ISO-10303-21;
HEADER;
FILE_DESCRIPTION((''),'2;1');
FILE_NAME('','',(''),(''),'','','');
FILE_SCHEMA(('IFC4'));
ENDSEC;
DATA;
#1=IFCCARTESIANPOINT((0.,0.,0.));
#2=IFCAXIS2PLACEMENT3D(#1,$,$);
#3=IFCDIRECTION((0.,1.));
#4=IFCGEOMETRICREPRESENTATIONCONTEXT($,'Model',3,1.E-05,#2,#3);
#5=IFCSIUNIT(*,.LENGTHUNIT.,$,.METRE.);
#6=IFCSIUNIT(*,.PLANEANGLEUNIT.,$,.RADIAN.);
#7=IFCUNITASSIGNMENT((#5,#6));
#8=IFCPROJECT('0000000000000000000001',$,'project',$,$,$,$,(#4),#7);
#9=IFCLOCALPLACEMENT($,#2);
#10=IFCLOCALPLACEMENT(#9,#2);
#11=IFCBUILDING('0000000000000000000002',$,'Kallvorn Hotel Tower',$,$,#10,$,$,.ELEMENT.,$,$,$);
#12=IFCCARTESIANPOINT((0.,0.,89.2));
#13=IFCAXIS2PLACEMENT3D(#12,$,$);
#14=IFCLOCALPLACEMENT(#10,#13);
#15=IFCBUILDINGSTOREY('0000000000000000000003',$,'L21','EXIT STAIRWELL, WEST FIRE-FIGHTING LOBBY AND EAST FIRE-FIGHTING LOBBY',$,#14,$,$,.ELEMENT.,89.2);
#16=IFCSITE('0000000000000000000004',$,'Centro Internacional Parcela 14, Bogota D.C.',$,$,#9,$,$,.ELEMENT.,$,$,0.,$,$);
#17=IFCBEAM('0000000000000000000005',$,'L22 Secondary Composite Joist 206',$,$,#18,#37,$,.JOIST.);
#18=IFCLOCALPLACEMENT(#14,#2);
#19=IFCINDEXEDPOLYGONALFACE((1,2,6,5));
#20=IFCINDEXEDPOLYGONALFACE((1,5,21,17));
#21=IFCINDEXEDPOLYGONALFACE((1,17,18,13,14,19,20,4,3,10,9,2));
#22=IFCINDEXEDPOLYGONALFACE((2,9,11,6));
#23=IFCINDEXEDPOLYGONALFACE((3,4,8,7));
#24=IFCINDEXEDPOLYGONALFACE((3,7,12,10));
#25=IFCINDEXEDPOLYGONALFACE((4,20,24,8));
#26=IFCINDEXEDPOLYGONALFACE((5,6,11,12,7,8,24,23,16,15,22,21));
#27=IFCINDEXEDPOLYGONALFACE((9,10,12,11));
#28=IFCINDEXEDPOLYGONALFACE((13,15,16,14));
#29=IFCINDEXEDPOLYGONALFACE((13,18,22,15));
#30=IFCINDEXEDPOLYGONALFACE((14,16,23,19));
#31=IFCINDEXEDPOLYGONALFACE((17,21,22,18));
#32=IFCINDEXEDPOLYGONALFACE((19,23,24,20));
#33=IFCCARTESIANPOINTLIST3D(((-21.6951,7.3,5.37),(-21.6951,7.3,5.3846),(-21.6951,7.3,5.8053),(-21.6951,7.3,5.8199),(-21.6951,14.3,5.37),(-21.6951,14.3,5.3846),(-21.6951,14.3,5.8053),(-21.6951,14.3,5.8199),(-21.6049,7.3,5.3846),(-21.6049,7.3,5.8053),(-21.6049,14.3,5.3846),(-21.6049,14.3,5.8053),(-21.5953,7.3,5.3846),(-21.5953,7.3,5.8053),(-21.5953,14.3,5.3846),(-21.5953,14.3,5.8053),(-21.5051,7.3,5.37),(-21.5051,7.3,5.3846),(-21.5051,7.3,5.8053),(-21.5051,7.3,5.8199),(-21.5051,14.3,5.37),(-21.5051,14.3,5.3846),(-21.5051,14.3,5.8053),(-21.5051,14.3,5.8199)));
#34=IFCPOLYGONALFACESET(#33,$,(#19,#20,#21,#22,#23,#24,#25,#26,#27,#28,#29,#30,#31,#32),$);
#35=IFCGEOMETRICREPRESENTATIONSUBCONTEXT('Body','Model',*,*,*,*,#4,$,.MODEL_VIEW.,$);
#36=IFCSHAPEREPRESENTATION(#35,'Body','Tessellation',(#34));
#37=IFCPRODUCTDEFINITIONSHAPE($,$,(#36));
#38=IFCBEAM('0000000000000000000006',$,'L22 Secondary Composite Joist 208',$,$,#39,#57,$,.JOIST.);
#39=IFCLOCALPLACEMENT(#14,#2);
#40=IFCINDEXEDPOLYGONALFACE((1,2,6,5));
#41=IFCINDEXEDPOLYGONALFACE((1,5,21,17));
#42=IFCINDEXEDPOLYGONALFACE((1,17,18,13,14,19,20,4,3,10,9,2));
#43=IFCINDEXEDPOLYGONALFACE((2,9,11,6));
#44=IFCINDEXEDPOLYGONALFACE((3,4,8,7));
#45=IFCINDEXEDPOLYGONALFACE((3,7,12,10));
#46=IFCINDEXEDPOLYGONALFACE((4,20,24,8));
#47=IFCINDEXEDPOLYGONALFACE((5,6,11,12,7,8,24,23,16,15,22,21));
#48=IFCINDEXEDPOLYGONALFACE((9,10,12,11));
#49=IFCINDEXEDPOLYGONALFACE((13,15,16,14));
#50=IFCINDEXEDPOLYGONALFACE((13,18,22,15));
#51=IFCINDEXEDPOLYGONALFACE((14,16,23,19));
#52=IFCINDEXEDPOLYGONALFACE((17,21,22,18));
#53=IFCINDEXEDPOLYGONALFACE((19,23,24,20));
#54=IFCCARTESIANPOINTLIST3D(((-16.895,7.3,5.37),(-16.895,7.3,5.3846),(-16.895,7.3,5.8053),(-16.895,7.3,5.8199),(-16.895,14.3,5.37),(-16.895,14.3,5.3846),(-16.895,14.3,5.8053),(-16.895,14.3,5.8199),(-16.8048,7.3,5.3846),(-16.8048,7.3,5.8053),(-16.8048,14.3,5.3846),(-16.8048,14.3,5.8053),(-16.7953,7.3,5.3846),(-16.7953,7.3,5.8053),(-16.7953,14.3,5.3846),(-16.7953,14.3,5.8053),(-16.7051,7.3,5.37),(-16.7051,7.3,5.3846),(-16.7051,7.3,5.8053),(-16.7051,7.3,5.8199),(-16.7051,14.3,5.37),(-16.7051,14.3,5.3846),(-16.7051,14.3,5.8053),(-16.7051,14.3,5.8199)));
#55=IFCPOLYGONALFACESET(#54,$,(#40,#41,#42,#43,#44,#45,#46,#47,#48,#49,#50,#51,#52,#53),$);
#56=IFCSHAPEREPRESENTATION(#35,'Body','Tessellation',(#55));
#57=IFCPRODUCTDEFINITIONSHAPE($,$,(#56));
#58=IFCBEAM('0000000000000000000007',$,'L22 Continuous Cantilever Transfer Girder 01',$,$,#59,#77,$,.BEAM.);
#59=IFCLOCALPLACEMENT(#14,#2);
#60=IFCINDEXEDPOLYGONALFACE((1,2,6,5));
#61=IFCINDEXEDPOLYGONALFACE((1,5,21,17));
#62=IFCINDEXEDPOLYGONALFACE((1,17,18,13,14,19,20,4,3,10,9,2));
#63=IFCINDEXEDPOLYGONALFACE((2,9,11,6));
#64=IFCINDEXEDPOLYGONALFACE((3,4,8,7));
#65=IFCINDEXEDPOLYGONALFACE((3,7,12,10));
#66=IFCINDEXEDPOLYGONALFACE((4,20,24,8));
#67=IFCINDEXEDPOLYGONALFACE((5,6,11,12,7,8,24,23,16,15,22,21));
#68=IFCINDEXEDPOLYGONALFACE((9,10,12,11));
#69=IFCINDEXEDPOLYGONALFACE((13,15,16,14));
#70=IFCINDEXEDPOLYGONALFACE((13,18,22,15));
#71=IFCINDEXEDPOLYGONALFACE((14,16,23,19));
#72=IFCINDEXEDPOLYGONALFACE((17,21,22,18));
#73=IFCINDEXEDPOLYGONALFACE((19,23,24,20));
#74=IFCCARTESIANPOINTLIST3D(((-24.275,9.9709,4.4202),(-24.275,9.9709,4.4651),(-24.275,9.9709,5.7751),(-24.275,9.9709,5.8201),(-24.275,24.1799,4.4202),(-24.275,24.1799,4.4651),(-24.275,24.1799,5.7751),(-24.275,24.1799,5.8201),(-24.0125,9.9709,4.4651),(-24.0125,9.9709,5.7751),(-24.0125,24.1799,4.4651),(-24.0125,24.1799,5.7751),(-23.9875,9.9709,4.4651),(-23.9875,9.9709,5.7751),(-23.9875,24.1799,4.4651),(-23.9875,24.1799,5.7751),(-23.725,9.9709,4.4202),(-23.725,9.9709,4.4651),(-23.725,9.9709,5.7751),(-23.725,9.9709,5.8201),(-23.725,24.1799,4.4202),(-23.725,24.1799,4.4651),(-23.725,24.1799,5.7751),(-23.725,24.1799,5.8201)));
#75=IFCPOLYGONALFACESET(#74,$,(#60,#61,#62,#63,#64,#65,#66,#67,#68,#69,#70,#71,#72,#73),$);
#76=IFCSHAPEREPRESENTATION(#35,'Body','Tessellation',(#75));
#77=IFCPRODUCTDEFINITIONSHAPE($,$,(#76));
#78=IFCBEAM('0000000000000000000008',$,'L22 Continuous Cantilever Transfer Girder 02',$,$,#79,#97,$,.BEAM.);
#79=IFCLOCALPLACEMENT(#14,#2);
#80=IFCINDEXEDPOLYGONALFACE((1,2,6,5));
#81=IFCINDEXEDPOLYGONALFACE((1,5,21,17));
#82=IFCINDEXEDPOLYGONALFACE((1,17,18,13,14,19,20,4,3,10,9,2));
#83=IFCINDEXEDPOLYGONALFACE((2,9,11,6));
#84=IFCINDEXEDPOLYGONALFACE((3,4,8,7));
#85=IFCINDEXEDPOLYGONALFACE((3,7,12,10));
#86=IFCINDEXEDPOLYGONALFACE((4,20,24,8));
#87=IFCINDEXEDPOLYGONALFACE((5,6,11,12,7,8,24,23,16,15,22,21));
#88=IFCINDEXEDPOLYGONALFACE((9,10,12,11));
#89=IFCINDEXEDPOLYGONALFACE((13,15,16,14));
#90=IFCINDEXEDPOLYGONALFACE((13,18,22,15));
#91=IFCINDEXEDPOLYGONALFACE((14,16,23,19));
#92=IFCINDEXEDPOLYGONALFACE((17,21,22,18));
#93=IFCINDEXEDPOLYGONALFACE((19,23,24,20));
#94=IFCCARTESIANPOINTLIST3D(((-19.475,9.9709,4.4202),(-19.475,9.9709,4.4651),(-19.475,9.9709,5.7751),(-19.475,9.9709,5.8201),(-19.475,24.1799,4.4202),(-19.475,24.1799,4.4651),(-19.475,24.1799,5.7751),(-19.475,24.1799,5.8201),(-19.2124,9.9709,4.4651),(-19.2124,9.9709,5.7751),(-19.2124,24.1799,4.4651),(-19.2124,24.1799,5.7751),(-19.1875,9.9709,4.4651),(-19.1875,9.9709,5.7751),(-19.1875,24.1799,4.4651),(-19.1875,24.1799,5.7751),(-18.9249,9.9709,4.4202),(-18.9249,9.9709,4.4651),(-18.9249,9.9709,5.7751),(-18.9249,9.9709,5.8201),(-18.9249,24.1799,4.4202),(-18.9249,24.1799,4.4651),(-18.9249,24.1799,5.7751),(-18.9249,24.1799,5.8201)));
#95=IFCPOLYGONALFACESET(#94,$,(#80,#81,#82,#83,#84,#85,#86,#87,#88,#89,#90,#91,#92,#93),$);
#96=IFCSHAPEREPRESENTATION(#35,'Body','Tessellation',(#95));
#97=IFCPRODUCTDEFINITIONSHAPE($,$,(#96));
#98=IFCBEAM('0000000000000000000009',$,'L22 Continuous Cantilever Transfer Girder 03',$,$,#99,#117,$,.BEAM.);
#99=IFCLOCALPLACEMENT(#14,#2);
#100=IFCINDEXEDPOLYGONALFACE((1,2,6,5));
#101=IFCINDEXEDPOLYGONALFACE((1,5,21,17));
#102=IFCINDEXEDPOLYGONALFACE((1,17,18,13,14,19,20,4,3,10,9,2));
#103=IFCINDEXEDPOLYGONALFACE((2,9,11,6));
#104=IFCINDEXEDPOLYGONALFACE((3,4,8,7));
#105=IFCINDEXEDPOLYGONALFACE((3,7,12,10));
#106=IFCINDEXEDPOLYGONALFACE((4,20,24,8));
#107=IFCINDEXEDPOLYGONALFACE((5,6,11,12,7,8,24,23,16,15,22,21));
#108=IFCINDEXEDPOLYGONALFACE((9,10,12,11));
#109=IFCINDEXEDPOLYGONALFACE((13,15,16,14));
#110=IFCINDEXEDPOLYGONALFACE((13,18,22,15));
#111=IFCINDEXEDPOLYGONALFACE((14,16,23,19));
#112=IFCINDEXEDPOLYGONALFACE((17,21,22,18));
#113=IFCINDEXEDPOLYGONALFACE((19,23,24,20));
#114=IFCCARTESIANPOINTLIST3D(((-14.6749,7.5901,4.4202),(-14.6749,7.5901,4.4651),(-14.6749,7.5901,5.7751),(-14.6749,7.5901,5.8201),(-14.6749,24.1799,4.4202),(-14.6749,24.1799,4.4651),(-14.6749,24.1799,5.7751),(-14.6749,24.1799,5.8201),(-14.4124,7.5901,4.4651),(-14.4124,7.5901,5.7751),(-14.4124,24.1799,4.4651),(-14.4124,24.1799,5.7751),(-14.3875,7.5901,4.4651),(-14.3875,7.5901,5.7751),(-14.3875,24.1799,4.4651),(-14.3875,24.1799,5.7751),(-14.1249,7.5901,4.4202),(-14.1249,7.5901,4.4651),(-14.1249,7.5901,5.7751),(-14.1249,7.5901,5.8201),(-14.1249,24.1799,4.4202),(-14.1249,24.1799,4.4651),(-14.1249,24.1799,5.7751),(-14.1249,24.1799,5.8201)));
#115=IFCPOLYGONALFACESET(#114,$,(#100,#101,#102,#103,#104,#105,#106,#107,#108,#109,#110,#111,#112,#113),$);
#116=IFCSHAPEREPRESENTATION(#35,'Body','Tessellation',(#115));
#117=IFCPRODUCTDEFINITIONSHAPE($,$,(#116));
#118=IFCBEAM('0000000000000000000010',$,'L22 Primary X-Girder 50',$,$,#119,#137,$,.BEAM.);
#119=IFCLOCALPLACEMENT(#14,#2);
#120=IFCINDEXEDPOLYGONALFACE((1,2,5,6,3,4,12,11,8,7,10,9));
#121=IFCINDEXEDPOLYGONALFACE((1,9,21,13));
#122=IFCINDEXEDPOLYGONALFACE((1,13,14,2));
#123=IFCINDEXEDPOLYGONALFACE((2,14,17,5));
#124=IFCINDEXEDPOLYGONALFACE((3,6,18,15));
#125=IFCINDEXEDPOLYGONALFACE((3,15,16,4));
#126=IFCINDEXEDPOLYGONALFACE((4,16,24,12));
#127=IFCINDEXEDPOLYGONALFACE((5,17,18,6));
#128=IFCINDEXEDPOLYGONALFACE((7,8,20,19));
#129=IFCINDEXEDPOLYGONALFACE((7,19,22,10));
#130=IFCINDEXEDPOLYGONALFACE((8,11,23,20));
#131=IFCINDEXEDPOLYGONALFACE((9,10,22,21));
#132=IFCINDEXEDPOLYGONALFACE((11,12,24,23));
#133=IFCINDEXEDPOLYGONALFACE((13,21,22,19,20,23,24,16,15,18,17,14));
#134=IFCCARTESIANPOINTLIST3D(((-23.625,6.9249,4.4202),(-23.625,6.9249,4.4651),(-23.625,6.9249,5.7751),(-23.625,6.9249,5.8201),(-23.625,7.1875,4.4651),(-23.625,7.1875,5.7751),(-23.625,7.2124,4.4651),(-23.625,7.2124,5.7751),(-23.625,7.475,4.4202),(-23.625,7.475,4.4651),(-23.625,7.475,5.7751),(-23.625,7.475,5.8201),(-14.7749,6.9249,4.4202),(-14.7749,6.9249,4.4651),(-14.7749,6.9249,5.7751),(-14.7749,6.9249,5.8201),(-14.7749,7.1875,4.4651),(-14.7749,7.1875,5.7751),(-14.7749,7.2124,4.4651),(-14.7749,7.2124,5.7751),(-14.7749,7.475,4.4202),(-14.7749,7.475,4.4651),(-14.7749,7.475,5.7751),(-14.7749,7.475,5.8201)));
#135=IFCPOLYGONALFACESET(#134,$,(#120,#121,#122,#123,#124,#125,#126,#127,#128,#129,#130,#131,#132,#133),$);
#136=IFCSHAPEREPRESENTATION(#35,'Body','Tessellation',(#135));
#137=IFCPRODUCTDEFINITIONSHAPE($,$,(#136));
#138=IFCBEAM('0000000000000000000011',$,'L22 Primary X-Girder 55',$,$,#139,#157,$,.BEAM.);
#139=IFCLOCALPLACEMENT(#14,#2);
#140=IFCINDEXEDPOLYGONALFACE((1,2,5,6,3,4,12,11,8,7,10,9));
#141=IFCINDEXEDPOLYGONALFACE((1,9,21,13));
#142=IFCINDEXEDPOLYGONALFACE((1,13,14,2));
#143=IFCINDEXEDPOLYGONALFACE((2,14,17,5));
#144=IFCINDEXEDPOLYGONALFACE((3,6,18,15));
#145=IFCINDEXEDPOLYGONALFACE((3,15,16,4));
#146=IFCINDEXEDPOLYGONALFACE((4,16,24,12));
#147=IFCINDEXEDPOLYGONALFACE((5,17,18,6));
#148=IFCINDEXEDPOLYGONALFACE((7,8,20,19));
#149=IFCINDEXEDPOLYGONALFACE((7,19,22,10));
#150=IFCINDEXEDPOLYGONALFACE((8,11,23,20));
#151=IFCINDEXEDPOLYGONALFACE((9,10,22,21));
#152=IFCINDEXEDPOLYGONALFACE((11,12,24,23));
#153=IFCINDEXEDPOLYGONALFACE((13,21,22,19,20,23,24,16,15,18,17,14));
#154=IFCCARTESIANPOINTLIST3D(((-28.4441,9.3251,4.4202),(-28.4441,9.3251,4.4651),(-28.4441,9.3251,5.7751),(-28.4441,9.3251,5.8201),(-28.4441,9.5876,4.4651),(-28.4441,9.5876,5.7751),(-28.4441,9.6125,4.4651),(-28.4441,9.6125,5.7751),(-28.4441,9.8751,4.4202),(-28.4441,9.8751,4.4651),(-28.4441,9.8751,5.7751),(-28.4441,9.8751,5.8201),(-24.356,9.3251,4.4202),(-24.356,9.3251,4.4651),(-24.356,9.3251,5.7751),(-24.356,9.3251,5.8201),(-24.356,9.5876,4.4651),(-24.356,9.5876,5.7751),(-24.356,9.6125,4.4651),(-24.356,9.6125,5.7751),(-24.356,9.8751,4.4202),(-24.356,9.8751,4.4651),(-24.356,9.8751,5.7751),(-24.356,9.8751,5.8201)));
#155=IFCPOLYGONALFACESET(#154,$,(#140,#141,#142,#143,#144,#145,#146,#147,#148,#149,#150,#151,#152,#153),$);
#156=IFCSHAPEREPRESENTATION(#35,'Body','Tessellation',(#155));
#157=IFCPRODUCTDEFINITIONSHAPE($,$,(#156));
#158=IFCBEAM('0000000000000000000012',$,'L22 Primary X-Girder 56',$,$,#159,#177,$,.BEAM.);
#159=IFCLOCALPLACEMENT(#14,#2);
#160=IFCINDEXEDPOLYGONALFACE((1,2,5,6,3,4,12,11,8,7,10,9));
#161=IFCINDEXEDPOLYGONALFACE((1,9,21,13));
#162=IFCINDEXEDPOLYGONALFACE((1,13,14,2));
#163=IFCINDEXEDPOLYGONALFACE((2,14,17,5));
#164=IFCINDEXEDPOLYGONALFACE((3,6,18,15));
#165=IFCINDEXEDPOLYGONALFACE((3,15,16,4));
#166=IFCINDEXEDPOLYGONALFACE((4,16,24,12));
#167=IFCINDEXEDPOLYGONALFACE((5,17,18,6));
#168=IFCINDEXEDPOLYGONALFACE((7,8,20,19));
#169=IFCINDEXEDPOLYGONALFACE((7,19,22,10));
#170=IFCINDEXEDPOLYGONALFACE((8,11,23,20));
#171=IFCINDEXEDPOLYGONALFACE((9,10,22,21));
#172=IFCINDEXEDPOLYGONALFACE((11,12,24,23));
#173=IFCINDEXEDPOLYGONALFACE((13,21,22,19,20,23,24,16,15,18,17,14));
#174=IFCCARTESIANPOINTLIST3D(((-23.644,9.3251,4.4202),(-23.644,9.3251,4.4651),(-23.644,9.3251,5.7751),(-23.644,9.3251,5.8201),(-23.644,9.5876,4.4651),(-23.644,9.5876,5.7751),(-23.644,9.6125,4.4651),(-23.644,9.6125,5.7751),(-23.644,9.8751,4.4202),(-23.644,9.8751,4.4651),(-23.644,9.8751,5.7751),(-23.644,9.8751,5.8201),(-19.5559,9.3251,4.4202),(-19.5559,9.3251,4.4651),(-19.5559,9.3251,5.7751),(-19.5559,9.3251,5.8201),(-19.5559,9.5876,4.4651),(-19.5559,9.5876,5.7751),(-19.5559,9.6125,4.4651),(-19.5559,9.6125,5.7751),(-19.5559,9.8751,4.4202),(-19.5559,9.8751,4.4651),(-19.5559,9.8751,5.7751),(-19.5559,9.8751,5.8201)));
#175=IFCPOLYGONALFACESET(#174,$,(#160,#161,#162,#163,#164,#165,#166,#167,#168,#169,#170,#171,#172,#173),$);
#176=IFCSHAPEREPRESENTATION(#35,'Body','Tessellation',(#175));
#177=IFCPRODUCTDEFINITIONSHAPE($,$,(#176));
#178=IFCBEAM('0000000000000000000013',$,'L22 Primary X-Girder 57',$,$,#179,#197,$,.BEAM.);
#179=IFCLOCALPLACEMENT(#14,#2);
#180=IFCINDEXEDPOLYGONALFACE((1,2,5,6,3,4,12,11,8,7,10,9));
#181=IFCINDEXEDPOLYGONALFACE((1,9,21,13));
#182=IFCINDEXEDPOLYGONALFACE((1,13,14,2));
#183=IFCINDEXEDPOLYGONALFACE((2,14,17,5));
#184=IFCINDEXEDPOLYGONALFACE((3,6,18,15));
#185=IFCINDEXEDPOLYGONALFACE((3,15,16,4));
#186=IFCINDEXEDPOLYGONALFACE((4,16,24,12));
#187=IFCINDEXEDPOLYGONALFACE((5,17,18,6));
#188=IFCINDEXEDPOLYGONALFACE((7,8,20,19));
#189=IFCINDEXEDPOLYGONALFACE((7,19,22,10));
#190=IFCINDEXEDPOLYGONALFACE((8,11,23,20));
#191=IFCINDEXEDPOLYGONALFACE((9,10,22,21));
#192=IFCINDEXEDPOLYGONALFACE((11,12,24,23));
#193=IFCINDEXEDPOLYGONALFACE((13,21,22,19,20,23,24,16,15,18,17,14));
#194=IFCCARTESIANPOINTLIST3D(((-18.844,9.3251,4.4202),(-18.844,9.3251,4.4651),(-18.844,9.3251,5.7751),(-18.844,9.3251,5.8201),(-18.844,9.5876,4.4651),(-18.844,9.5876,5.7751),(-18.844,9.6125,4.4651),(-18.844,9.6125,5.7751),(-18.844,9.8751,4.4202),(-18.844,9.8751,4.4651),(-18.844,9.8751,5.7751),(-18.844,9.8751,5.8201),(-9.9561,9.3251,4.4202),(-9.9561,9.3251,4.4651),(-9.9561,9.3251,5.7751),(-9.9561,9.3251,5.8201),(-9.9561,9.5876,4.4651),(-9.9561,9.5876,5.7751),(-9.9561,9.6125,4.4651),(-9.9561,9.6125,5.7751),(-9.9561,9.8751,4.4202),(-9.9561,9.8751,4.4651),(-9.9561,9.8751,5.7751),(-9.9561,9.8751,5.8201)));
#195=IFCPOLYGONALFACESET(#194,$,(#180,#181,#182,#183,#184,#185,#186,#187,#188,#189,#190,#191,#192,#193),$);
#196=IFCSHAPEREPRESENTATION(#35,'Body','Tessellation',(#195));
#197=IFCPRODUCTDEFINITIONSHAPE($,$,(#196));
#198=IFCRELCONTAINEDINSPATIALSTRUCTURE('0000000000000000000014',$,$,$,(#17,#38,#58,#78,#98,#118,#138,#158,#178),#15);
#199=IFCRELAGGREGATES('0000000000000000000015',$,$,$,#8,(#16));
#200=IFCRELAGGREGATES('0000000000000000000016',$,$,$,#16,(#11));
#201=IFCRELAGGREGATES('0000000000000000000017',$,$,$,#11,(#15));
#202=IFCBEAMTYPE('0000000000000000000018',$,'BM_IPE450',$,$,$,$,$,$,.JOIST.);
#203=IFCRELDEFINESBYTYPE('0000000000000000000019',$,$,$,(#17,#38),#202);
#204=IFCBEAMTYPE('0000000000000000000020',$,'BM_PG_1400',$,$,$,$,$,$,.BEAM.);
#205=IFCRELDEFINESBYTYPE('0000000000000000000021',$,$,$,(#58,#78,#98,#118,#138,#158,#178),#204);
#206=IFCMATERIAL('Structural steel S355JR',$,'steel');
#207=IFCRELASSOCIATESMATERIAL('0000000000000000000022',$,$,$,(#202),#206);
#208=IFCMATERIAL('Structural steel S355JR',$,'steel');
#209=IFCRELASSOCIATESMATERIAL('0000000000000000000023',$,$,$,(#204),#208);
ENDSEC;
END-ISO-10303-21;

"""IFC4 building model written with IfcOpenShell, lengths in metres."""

from ifc_helpers import new_model, si_unit, direction, frame, origin, origin_2d, place, context, subcontext, project, spatial, i_section, extrude, material, material_profile, profile_set, type_object, element, save


model = new_model("IFC4")

# Units and contexts
model_context = context("Model", 3, precision=1e-05, world=origin(), true_north=direction((0.0, 1.0)))
body_context = subcontext(model_context, "Body", "Model", "MODEL_VIEW")
ifc_project = project(units=[si_unit("LENGTHUNIT", "METRE"), si_unit("PLANEANGLEUNIT", "RADIAN")], contexts=[model_context])

# Site, building, storey
site_placement = place(None, origin())
site = spatial("IfcSite", under=ifc_project, at=site_placement, Name="Centro Internacional Parcela 14, Bogota D.C.", CompositionType="ELEMENT", RefElevation=0.0)
building_placement = place(site_placement, origin())
building = spatial("IfcBuilding", under=site, at=building_placement, Name="Kallvorn Hotel Tower", CompositionType="ELEMENT")
storey_placement = place(building_placement, frame((0.0, 0.0, 89.2)))
storey = spatial("IfcBuildingStorey", under=building, at=storey_placement, Name="L21", Description="EXIT STAIRWELL, WEST FIRE-FIGHTING LOBBY AND EAST FIRE-FIGHTING LOBBY", CompositionType="ELEMENT", Elevation=89.2)

# Beams
ifc_material_1 = material(Name="Structural steel S355JR", Category="steel")
ifc_material_profile_1 = material_profile(ifc_material_1, i_section(OverallWidth=0.1899, OverallDepth=0.45, WebThickness=0.0095, FlangeThickness=0.0146, at=origin_2d()), Name="IPE 450")
ifc_profile_set_1 = profile_set([ifc_material_profile_1], Name="Structural steel S355JR")
beam_type_1 = type_object("IfcBeamType", Name="BM_IPE450", PredefinedType="JOIST", material=ifc_profile_set_1)
for number, where, z_axis, x_axis, name in (
    (1, (-21.6001, 7.3, 5.595), (0.0, 1.0, 0.0), (-1.0, 0.0, 0.0), "L22 Secondary Composite Joist 206"),
    (2, (-16.8, 7.3, 5.595), (0.0, 1.0, 0.0), (-1.0, 0.0, 0.0), "L22 Secondary Composite Joist 208"),
):
    element("IfcBeam", number, at=place(storey_placement, frame(where, z_axis=z_axis, x_axis=x_axis)), inside=storey, type_object=beam_type_1, Name=name, PredefinedType="JOIST", context=body_context, shape_type="SweptSolid", body=[
        extrude(i_section(OverallWidth=0.1899, OverallDepth=0.45, WebThickness=0.0095, FlangeThickness=0.0146, at=origin_2d()), origin(), (0.0, 0.0, 1.0), 7.0),
    ])
ifc_material_2 = material(Name="Structural steel S355JR", Category="steel")
ifc_material_profile_2 = material_profile(ifc_material_2, i_section(OverallWidth=0.55, OverallDepth=1.3999, WebThickness=0.0249, FlangeThickness=0.0449, at=origin_2d()), Name="PG 1400x550x25x45")
ifc_profile_set_2 = profile_set([ifc_material_profile_2], Name="Structural steel S355JR")
beam_type_2 = type_object("IfcBeamType", Name="BM_PG_1400", PredefinedType="BEAM", material=ifc_profile_set_2)
for number, where, z_axis, x_axis, name in (
    (3, (-24.0, 9.9709, 5.1201), (0.0, 1.0, 0.0), (-1.0, 0.0, 0.0), "L22 Continuous Cantilever Transfer Girder 01"),
    (4, (-19.2, 9.9709, 5.1201), (0.0, 1.0, 0.0), (-1.0, 0.0, 0.0), "L22 Continuous Cantilever Transfer Girder 02"),
):
    element("IfcBeam", number, at=place(storey_placement, frame(where, z_axis=z_axis, x_axis=x_axis)), inside=storey, type_object=beam_type_2, Name=name, PredefinedType="BEAM", context=body_context, shape_type="SweptSolid", body=[
        extrude(i_section(OverallWidth=0.55, OverallDepth=1.3999, WebThickness=0.0249, FlangeThickness=0.0449, at=origin_2d()), origin(), (0.0, 0.0, 1.0), 14.209),
    ])
beam_1_placement = place(storey_placement, frame((-14.3999, 7.5901, 5.1201), z_axis=(0.0, 1.0, 0.0), x_axis=(-1.0, 0.0, 0.0)))
element("IfcBeam", 5, at=beam_1_placement, inside=storey, type_object=beam_type_2, Name="L22 Continuous Cantilever Transfer Girder 03", PredefinedType="BEAM", context=body_context, shape_type="SweptSolid", body=[
    extrude(i_section(OverallWidth=0.55, OverallDepth=1.3999, WebThickness=0.0249, FlangeThickness=0.0449, at=origin_2d()), origin(), (0.0, 0.0, 1.0), 16.5898),
])
beam_2_placement = place(storey_placement, frame((-23.625, 7.2, 5.1201), z_axis=(1.0, 0.0, 0.0), x_axis=(0.0, 1.0, 0.0)))
element("IfcBeam", 6, at=beam_2_placement, inside=storey, type_object=beam_type_2, Name="L22 Primary X-Girder 50", PredefinedType="BEAM", context=body_context, shape_type="SweptSolid", body=[
    extrude(i_section(OverallWidth=0.55, OverallDepth=1.3999, WebThickness=0.0249, FlangeThickness=0.0449, at=origin_2d()), origin(), (0.0, 0.0, 1.0), 8.8501),
])
for number, where, z_axis, x_axis, name in (
    (7, (-28.4441, 9.6001, 5.1201), (1.0, 0.0, 0.0), (0.0, 1.0, 0.0), "L22 Primary X-Girder 55"),
    (8, (-23.644, 9.6001, 5.1201), (1.0, 0.0, 0.0), (0.0, 1.0, 0.0), "L22 Primary X-Girder 56"),
):
    element("IfcBeam", number, at=place(storey_placement, frame(where, z_axis=z_axis, x_axis=x_axis)), inside=storey, type_object=beam_type_2, Name=name, PredefinedType="BEAM", context=body_context, shape_type="SweptSolid", body=[
        extrude(i_section(OverallWidth=0.55, OverallDepth=1.3999, WebThickness=0.0249, FlangeThickness=0.0449, at=origin_2d()), origin(), (0.0, 0.0, 1.0), 4.0881),
    ])
beam_3_placement = place(storey_placement, frame((-18.844, 9.6001, 5.1201), z_axis=(1.0, 0.0, 0.0), x_axis=(0.0, 1.0, 0.0)))
element("IfcBeam", 9, at=beam_3_placement, inside=storey, type_object=beam_type_2, Name="L22 Primary X-Girder 57", PredefinedType="BEAM", context=body_context, shape_type="SweptSolid", body=[
    extrude(i_section(OverallWidth=0.55, OverallDepth=1.3999, WebThickness=0.0249, FlangeThickness=0.0449, at=origin_2d()), origin(), (0.0, 0.0, 1.0), 8.8879),
])

save(model, "model.ifc")
